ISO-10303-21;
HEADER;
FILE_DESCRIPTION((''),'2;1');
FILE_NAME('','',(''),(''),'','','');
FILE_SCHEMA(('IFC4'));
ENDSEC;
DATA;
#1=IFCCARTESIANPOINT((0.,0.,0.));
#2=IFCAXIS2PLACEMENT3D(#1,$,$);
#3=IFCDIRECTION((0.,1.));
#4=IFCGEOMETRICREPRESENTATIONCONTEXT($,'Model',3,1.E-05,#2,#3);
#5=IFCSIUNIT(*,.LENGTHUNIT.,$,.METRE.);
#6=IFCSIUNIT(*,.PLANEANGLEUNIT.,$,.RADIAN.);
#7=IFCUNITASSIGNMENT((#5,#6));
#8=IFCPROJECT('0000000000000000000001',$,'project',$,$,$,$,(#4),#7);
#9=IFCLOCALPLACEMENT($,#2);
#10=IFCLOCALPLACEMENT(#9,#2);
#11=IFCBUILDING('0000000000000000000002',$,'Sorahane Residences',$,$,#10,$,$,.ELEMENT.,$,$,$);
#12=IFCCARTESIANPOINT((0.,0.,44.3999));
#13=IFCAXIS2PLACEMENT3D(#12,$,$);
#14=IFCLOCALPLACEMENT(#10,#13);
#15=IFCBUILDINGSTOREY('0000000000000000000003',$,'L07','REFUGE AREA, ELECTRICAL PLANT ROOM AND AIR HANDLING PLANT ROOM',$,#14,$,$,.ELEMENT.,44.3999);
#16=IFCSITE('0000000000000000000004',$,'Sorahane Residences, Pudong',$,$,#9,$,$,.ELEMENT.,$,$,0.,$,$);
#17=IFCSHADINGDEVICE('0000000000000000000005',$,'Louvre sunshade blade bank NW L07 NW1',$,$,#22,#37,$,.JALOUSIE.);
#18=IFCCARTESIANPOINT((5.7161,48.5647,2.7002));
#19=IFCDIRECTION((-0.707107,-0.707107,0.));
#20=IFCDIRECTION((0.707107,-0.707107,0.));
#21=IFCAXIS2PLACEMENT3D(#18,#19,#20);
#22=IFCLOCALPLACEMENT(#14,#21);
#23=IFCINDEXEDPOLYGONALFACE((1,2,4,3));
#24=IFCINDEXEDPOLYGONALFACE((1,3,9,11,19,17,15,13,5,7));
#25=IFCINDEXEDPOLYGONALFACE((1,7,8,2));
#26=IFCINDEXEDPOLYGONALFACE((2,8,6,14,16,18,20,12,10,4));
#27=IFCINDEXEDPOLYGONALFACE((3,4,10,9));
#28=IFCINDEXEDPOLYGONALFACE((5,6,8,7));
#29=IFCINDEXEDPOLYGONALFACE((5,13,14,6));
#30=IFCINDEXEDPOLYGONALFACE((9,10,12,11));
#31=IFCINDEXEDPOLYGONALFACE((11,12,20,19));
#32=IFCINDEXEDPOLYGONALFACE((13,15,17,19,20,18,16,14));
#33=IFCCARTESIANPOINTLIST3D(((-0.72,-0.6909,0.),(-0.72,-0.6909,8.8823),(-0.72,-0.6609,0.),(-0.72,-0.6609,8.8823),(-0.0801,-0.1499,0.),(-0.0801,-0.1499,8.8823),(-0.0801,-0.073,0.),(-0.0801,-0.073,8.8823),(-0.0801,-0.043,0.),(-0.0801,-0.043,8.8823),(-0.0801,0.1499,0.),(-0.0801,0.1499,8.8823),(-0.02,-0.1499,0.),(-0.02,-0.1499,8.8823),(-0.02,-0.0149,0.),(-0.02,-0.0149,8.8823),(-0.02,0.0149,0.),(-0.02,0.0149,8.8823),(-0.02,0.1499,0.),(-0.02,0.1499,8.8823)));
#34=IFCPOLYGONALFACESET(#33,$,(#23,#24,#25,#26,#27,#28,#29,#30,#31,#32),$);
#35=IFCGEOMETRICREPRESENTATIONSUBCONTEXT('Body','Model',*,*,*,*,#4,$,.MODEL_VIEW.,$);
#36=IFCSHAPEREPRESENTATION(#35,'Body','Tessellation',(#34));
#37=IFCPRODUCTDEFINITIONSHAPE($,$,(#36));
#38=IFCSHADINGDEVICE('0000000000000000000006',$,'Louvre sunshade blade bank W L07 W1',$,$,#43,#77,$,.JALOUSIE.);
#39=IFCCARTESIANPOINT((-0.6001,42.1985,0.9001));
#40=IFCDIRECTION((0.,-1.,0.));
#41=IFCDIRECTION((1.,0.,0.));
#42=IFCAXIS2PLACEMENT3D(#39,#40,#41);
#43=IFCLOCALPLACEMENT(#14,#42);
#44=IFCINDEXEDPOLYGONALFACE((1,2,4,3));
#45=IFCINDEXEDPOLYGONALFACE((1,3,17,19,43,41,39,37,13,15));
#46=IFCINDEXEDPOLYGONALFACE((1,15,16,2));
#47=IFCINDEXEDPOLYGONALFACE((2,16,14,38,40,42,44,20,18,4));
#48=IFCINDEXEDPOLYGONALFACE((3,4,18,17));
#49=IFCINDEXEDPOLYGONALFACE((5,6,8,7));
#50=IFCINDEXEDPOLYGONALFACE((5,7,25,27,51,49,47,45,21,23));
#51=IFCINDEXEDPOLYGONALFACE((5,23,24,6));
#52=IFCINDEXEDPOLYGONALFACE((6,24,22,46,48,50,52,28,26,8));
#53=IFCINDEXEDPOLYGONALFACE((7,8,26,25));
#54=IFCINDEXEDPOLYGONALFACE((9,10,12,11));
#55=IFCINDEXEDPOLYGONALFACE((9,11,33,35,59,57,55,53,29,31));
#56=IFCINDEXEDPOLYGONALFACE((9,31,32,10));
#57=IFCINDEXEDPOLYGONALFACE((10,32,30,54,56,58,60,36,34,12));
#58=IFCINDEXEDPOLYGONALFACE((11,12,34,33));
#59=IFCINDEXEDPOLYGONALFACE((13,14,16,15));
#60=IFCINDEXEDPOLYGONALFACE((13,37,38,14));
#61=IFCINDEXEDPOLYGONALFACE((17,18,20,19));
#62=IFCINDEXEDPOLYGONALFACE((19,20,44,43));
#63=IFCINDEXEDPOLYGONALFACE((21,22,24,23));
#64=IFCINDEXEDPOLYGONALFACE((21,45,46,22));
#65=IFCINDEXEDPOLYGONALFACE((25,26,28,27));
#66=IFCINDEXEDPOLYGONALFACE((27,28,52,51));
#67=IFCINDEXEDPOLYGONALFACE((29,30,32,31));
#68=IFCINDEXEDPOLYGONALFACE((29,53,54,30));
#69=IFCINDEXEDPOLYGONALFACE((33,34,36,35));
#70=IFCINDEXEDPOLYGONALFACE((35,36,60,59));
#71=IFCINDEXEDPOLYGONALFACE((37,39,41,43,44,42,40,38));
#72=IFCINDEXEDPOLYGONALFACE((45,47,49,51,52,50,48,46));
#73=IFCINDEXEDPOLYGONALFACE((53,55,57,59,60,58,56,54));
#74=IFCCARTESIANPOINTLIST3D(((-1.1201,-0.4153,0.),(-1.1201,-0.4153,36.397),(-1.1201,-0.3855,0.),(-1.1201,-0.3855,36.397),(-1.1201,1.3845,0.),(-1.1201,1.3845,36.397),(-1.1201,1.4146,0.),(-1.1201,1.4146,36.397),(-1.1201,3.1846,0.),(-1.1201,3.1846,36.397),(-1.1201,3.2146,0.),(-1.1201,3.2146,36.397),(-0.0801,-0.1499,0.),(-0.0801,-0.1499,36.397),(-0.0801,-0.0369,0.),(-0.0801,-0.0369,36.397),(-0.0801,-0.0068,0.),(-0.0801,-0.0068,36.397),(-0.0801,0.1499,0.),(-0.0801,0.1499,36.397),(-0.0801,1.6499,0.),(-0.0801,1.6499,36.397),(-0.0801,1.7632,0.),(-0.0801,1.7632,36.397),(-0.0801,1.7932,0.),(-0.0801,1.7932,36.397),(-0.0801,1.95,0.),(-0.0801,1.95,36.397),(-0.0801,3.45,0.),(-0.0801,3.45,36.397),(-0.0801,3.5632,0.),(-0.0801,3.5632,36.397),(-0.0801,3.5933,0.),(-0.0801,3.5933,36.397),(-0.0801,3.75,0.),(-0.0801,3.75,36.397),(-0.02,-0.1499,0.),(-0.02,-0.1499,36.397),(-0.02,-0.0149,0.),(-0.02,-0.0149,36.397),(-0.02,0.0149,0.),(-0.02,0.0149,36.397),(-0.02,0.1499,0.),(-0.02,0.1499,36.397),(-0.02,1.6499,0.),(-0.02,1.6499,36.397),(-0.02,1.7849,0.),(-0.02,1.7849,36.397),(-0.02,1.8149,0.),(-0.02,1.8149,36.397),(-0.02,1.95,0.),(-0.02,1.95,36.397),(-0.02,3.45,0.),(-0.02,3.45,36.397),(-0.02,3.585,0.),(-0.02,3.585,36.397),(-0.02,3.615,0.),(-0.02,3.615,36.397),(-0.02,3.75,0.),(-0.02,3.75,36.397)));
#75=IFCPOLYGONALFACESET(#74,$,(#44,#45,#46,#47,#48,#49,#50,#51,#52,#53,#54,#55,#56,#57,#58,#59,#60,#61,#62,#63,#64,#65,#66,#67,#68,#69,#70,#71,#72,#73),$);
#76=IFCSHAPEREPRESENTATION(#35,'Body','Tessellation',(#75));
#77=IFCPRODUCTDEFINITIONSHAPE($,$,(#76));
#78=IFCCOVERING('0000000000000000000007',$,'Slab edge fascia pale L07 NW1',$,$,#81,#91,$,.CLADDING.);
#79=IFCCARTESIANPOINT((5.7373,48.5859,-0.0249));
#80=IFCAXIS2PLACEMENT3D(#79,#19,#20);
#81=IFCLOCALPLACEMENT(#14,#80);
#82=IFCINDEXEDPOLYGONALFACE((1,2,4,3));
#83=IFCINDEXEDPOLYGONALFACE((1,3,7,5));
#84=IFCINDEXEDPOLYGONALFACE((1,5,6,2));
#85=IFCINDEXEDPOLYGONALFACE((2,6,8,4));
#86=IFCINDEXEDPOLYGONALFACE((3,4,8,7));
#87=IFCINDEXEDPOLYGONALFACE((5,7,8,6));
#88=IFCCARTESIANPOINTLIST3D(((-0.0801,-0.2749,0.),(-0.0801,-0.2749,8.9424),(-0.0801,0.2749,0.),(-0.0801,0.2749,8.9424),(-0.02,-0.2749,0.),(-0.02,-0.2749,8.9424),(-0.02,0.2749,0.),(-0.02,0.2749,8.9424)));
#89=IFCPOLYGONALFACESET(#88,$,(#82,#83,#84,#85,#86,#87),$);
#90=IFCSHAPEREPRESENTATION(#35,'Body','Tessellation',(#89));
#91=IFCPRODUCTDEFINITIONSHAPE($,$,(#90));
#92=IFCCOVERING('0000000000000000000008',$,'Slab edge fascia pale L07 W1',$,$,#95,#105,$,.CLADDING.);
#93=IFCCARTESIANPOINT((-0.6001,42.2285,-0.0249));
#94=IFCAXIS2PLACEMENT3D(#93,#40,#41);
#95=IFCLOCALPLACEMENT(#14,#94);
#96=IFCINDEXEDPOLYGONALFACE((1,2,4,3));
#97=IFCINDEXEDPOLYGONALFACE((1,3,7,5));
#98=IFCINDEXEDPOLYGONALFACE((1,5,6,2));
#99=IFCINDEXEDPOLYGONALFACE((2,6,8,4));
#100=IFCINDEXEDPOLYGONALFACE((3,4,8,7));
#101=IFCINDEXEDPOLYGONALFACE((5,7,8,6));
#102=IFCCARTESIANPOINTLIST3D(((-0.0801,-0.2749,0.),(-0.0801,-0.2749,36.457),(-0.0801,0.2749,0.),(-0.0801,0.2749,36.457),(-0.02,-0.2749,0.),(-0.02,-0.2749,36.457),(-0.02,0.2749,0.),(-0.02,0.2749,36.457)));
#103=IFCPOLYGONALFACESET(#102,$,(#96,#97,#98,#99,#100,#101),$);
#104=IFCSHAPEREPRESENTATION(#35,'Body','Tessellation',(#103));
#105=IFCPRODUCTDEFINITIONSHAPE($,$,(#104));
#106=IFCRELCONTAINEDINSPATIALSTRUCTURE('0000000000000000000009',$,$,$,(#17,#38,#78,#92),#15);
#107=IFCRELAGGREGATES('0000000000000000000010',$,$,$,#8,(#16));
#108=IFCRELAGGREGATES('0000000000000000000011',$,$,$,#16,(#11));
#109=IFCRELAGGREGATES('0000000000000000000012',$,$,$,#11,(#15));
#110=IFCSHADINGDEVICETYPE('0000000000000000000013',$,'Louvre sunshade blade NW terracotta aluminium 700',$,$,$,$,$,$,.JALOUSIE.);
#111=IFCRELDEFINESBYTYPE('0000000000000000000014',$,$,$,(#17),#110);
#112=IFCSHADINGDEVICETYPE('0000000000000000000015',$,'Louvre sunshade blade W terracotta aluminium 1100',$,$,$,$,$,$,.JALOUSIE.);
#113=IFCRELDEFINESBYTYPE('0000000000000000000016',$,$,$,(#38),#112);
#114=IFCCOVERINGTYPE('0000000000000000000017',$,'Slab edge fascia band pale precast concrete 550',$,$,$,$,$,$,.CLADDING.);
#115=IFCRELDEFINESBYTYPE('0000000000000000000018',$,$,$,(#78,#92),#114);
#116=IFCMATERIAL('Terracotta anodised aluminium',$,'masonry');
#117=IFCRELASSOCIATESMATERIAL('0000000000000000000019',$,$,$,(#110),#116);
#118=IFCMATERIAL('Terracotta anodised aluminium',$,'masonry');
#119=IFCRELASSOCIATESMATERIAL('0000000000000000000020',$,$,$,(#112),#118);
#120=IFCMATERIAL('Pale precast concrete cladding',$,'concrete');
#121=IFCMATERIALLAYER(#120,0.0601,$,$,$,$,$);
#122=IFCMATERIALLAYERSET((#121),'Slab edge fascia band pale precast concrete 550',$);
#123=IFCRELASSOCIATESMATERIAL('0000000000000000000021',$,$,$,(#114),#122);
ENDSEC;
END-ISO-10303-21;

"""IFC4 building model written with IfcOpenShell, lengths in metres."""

from ifc_helpers import new_model, si_unit, direction, frame, origin, place, context, subcontext, project, spatial, polyline, outline, composite_profile, extrude, material, layer, layer_set, type_object, element, save


model = new_model("IFC4")

# Units and contexts
model_context = context("Model", 3, precision=1e-05, world=origin(), true_north=direction((0.0, 1.0)))
body_context = subcontext(model_context, "Body", "Model", "MODEL_VIEW")
ifc_project = project(units=[si_unit("LENGTHUNIT", "METRE"), si_unit("PLANEANGLEUNIT", "RADIAN")], contexts=[model_context])

# Site, building, storey
site_placement = place(None, origin())
site = spatial("IfcSite", under=ifc_project, at=site_placement, Name="Sorahane Residences, Pudong", CompositionType="ELEMENT", RefElevation=0.0)
building_placement = place(site_placement, origin())
building = spatial("IfcBuilding", under=site, at=building_placement, Name="Sorahane Residences", CompositionType="ELEMENT")
storey_placement = place(building_placement, frame((0.0, 0.0, 44.3999)))
storey = spatial("IfcBuildingStorey", under=building, at=storey_placement, Name="L07", Description="REFUGE AREA, ELECTRICAL PLANT ROOM AND AIR HANDLING PLANT ROOM", CompositionType="ELEMENT", Elevation=44.3999)

# Shading devices
ifc_material_1 = material(Name="Terracotta anodised aluminium", Category="masonry")
shading_device_type_1 = type_object("IfcShadingDeviceType", Name="Louvre sunshade blade NW terracotta aluminium 700", PredefinedType="JALOUSIE", material=ifc_material_1)
shading_device_1_placement = place(storey_placement, frame((5.7161, 48.5647, 2.7002), z_axis=(-0.707107, -0.707107, 0.0), x_axis=(0.707107, -0.707107, 0.0)))
element("IfcShadingDevice", 1, at=shading_device_1_placement, inside=storey, type_object=shading_device_type_1, Name="Louvre sunshade blade bank NW L07 NW1", PredefinedType="JALOUSIE", context=body_context, shape_type="SweptSolid", body=[
    extrude(outline(polyline([(-0.72, -0.6609), (-0.72, -0.6909), (-0.0801, -0.073), (-0.0801, -0.1499), (-0.02, -0.1499), (-0.02, -0.0149), (-0.02, 0.0149), (-0.02, 0.1499), (-0.0801, 0.1499), (-0.0801, -0.043), (-0.72, -0.6609)])), origin(), (0.0, 0.0, 1.0), 8.8823),
])
ifc_material_2 = material(Name="Terracotta anodised aluminium", Category="masonry")
shading_device_type_2 = type_object("IfcShadingDeviceType", Name="Louvre sunshade blade W terracotta aluminium 1100", PredefinedType="JALOUSIE", material=ifc_material_2)
shading_device_2_placement = place(storey_placement, frame((-0.6001, 42.1985, 0.9001), z_axis=(0.0, -1.0, 0.0), x_axis=(1.0, 0.0, 0.0)))
element("IfcShadingDevice", 2, at=shading_device_2_placement, inside=storey, type_object=shading_device_type_2, Name="Louvre sunshade blade bank W L07 W1", PredefinedType="JALOUSIE", context=body_context, shape_type="SweptSolid", body=[
    extrude(composite_profile([outline(polyline([(-1.1201, -0.3855), (-1.1201, -0.4153), (-0.0801, -0.0369), (-0.0801, -0.1499), (-0.02, -0.1499), (-0.02, -0.0149), (-0.02, 0.0149), (-0.02, 0.1499), (-0.0801, 0.1499), (-0.0801, -0.0068), (-1.1201, -0.3855)])), outline(polyline([(-1.1201, 1.4146), (-1.1201, 1.3845), (-0.0801, 1.7632), (-0.0801, 1.6499), (-0.02, 1.6499), (-0.02, 1.7849), (-0.02, 1.8149), (-0.02, 1.95), (-0.0801, 1.95), (-0.0801, 1.7932), (-1.1201, 1.4146)])), outline(polyline([(-1.1201, 3.2146), (-1.1201, 3.1846), (-0.0801, 3.5632), (-0.0801, 3.45), (-0.02, 3.45), (-0.02, 3.585), (-0.02, 3.615), (-0.02, 3.75), (-0.0801, 3.75), (-0.0801, 3.5933), (-1.1201, 3.2146)]))]), origin(), (0.0, 0.0, 1.0), 36.397),
])

# Coverings
ifc_material_3 = material(Name="Pale precast concrete cladding", Category="concrete")
ifc_layer_1 = layer(ifc_material_3, 0.0601)
ifc_layer_set_1 = layer_set([ifc_layer_1], Name="Slab edge fascia band pale precast concrete 550")
covering_type = type_object("IfcCoveringType", Name="Slab edge fascia band pale precast concrete 550", PredefinedType="CLADDING", material=ifc_layer_set_1)
covering_1_placement = place(storey_placement, frame((5.7373, 48.5859, -0.0249), z_axis=(-0.707107, -0.707107, 0.0), x_axis=(0.707107, -0.707107, 0.0)))
element("IfcCovering", 3, at=covering_1_placement, inside=storey, type_object=covering_type, Name="Slab edge fascia pale L07 NW1", PredefinedType="CLADDING", context=body_context, shape_type="SweptSolid", body=[
    extrude(outline(polyline([(-0.02, 0.2749), (-0.0801, 0.2749), (-0.0801, -0.2749), (-0.02, -0.2749), (-0.02, 0.2749)])), origin(), (0.0, 0.0, 1.0), 8.9424),
])
covering_2_placement = place(storey_placement, frame((-0.6001, 42.2285, -0.0249), z_axis=(0.0, -1.0, 0.0), x_axis=(1.0, 0.0, 0.0)))
element("IfcCovering", 4, at=covering_2_placement, inside=storey, type_object=covering_type, Name="Slab edge fascia pale L07 W1", PredefinedType="CLADDING", context=body_context, shape_type="SweptSolid", body=[
    extrude(outline(polyline([(-0.02, 0.2749), (-0.0801, 0.2749), (-0.0801, -0.2749), (-0.02, -0.2749), (-0.02, 0.2749)])), origin(), (0.0, 0.0, 1.0), 36.457),
])

save(model, "model.ifc")
